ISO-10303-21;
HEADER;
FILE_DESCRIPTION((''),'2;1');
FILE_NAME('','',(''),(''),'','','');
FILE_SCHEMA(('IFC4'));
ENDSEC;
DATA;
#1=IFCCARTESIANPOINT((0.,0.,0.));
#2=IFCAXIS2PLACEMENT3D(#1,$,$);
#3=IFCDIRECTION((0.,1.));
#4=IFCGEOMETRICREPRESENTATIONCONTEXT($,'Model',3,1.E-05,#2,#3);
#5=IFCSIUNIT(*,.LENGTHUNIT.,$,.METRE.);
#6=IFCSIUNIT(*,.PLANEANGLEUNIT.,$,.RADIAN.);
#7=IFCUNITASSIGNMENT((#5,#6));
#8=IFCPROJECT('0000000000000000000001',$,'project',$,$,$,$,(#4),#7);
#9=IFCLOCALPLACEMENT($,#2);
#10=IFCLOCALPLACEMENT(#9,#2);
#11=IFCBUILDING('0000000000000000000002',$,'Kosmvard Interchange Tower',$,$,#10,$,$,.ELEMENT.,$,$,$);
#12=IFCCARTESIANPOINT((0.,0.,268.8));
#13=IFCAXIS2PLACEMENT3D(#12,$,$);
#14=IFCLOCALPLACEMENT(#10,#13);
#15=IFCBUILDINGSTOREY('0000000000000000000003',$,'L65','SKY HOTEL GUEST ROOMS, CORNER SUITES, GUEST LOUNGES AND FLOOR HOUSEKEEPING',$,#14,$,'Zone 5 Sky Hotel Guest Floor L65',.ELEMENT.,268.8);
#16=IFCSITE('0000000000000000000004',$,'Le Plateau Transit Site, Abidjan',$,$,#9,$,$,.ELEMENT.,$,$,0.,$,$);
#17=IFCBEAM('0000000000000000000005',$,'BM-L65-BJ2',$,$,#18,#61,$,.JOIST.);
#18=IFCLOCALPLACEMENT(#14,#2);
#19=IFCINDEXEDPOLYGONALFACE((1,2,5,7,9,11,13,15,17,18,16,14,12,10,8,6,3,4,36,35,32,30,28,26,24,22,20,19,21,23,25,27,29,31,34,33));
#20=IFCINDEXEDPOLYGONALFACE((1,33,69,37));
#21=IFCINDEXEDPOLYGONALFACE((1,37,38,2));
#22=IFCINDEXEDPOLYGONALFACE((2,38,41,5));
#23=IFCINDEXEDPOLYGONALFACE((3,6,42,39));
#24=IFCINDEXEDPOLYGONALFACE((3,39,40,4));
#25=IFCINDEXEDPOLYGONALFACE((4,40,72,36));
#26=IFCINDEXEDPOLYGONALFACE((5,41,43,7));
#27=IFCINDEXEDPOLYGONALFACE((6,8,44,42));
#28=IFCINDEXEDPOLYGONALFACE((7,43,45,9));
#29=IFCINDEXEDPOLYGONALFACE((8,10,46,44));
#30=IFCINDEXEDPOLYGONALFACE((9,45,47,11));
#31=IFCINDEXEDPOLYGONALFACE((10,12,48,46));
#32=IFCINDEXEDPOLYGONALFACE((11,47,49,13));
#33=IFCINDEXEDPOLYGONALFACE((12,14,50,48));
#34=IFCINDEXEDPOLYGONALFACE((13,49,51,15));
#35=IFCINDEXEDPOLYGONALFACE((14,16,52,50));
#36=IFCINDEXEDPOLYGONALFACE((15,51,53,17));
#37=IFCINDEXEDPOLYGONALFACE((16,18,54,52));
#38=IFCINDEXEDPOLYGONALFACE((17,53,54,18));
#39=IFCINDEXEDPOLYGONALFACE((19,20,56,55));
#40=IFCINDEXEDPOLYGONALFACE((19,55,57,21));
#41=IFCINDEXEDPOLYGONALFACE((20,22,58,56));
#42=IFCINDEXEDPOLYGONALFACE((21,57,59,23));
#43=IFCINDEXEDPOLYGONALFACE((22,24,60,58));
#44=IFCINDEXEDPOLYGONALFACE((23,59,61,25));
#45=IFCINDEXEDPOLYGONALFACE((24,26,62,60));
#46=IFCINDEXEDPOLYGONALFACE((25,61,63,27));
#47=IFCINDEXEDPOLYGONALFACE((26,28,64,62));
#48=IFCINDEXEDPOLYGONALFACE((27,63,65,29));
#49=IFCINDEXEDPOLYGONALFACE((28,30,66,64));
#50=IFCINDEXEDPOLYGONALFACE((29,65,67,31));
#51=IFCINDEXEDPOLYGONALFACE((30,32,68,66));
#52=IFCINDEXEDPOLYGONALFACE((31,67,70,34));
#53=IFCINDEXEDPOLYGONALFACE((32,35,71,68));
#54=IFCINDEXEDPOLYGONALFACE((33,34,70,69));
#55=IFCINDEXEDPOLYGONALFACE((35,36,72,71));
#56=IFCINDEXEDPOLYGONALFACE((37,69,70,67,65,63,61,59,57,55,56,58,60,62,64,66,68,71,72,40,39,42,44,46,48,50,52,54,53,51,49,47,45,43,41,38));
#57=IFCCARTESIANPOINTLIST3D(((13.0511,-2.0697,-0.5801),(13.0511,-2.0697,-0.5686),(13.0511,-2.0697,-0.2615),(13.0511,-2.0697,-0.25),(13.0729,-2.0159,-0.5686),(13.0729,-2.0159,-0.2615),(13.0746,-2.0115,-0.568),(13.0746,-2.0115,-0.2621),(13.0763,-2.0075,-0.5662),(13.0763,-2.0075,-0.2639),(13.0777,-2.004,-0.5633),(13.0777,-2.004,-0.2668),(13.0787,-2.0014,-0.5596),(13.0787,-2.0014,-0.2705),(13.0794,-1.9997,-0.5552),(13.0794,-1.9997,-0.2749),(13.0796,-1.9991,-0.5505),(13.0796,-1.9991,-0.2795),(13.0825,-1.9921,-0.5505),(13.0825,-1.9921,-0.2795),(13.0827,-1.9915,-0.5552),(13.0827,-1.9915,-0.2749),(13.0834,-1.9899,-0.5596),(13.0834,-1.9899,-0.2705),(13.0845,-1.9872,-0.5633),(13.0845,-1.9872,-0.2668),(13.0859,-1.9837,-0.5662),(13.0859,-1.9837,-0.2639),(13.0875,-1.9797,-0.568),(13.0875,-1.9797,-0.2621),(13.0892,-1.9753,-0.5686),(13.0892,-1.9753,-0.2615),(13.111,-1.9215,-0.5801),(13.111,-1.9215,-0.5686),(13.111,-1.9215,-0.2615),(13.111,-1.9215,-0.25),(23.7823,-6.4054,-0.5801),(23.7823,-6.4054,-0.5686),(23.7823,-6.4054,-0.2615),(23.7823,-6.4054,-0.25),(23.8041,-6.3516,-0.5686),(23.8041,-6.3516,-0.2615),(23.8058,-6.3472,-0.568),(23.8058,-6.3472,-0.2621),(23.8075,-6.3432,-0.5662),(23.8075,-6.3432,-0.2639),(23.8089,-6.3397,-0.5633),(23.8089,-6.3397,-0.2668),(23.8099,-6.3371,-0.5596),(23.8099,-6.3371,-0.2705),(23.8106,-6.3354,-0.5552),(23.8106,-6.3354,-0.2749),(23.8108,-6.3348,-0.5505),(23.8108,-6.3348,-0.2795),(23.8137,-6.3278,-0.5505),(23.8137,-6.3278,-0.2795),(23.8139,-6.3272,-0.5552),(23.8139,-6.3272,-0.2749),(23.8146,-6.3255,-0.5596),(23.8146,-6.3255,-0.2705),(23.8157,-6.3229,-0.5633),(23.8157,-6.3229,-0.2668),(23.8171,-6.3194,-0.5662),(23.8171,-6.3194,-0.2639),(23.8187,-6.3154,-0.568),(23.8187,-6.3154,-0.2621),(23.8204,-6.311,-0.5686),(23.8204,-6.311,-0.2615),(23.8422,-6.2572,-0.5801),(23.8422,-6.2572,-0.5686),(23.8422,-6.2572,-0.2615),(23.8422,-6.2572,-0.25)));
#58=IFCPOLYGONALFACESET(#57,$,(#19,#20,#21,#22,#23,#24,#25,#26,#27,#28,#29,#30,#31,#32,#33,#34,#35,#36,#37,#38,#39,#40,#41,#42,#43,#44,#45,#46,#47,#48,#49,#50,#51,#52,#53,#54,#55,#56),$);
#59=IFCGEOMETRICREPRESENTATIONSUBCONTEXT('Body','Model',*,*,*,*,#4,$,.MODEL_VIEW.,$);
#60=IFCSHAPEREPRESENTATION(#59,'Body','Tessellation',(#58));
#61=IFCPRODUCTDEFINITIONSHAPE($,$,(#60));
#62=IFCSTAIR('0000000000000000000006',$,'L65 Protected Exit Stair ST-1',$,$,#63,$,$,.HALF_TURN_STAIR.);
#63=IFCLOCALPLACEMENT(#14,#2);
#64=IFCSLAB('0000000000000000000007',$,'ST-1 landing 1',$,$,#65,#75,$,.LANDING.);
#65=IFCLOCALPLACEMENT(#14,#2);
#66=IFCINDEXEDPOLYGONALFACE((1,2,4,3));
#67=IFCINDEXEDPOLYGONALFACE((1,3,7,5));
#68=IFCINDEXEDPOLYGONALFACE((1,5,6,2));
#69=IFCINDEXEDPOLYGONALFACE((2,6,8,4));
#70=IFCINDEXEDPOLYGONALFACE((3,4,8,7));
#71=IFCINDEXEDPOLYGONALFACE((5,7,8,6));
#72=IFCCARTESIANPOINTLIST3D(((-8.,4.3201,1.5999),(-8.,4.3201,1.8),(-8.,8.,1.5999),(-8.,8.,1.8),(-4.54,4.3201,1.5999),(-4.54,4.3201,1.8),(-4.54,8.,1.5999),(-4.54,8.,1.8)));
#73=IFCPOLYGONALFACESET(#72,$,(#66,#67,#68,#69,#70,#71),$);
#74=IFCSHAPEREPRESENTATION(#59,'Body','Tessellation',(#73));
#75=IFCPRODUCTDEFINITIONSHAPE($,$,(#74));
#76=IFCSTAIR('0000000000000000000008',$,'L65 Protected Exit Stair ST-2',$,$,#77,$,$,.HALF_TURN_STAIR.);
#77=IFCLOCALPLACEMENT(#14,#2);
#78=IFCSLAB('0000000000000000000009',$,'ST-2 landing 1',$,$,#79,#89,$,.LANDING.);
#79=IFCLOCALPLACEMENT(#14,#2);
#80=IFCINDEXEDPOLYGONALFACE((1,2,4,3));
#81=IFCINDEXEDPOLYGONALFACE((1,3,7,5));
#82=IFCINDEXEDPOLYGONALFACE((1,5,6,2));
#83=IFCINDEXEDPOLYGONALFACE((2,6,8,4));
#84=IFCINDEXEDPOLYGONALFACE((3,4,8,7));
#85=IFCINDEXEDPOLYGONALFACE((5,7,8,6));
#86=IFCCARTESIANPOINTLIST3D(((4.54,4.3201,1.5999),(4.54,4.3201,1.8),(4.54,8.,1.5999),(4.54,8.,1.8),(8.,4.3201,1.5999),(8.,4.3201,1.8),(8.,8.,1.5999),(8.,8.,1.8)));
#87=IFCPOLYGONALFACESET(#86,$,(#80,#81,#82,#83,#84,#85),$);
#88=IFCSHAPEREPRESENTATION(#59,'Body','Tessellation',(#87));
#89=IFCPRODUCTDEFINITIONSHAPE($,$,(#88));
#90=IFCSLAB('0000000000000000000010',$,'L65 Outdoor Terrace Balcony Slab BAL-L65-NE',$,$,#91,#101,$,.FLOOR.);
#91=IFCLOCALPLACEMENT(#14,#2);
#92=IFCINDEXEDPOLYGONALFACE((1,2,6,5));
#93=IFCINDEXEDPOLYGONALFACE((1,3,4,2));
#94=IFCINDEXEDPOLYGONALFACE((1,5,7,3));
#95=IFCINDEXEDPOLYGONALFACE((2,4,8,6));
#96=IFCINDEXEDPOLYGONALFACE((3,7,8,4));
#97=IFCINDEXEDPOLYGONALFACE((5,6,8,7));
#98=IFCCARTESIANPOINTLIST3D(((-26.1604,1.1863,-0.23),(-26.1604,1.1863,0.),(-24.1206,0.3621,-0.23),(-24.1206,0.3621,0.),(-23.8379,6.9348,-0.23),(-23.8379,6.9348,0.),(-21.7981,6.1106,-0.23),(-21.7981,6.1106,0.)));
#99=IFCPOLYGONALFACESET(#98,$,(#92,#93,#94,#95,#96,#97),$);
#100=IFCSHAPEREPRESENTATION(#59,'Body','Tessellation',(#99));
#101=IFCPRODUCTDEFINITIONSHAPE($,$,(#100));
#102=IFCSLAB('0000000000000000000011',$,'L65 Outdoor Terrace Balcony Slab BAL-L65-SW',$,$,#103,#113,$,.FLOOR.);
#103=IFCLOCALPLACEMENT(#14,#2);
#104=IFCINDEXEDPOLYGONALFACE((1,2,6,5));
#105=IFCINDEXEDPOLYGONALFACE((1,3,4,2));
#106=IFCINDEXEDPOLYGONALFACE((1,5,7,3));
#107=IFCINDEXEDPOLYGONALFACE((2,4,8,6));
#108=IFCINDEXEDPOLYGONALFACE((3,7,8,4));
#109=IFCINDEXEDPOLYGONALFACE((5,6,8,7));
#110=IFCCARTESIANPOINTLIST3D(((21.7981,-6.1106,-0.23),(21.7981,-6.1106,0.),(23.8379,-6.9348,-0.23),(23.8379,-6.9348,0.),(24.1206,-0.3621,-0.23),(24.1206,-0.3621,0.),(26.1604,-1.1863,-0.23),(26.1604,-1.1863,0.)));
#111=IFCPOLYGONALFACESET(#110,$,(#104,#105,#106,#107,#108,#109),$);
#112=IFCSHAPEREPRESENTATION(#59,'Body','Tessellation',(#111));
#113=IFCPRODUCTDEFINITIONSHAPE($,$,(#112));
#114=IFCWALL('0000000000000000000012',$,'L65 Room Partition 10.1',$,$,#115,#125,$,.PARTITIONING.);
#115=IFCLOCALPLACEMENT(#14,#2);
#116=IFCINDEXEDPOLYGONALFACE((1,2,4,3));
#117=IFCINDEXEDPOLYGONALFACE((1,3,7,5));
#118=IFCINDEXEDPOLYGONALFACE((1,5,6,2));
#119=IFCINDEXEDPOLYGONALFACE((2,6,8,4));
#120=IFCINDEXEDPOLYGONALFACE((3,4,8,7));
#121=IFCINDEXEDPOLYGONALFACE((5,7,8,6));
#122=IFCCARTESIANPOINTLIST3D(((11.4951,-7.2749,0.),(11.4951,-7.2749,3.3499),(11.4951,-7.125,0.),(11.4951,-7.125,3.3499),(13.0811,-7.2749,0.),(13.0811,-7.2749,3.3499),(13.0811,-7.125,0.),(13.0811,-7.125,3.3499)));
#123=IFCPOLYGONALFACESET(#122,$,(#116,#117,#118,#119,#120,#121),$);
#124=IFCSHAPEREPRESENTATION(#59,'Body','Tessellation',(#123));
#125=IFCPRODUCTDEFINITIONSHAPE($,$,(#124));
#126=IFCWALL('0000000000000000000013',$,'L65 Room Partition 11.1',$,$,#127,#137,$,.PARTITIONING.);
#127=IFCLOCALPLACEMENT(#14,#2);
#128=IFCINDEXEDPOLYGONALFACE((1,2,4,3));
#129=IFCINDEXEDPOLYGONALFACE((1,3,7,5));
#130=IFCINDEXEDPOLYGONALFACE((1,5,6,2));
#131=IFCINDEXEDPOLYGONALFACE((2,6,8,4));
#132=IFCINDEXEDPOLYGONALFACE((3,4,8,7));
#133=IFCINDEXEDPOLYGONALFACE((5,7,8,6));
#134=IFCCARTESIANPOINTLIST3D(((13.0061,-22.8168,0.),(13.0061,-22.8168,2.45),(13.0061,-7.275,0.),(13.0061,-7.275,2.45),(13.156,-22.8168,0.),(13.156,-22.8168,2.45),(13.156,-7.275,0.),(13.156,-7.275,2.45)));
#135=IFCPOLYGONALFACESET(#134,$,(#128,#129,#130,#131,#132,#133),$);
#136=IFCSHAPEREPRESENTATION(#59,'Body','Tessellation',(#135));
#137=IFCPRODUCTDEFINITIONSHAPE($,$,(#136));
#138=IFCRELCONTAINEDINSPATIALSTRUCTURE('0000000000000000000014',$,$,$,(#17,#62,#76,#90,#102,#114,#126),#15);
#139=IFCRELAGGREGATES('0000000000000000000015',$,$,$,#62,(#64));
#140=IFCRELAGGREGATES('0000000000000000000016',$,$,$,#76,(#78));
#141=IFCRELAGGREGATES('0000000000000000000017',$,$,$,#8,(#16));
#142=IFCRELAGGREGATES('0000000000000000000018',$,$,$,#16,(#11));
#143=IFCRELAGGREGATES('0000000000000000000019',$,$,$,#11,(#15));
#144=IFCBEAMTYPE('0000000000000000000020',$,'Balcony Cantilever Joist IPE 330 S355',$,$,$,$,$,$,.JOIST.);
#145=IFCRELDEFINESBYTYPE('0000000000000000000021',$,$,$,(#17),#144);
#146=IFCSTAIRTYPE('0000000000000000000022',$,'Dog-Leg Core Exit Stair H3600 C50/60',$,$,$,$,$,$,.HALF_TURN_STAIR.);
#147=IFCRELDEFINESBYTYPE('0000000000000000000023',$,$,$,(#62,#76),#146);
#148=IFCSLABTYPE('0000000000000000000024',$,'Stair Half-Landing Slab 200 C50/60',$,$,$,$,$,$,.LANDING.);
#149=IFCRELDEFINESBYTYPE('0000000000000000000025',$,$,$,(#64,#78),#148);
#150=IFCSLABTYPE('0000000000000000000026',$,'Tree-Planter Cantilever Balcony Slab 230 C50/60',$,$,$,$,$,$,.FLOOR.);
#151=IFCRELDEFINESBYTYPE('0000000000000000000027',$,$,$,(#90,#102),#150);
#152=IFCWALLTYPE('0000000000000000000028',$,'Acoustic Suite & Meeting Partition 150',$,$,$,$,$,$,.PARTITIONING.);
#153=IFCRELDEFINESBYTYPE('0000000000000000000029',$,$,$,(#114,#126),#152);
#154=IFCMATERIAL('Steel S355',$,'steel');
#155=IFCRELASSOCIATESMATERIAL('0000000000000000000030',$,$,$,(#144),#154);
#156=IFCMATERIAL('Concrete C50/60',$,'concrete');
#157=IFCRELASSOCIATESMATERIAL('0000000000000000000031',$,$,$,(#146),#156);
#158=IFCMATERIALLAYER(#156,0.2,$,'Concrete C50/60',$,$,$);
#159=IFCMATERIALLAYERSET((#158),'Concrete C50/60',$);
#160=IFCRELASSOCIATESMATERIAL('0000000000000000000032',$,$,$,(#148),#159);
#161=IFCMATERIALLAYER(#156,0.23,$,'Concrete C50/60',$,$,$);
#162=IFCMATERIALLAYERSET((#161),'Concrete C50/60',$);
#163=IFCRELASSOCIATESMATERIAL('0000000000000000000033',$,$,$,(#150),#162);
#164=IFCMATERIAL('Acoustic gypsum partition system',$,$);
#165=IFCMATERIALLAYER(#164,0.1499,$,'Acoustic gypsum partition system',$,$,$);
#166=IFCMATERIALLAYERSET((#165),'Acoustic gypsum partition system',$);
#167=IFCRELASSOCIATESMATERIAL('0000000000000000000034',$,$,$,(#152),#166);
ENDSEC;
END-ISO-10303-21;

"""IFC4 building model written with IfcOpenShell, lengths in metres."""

from ifc_helpers import new_model, si_unit, direction, frame, frame_2d, origin, origin_2d, place, context, subcontext, project, spatial, polyline, rectangle, i_section, outline, extrude, source, transform, mapped, material, layer, layer_set, material_profile, profile_set, type_object, element, aggregate, save


model = new_model("IFC4")

# Units and contexts
model_context = context("Model", 3, precision=1e-05, world=origin(), true_north=direction((0.0, 1.0)))
body_context = subcontext(model_context, "Body", "Model", "MODEL_VIEW")
ifc_project = project(units=[si_unit("LENGTHUNIT", "METRE"), si_unit("PLANEANGLEUNIT", "RADIAN")], contexts=[model_context])

# Site, building, storey
site_placement = place(None, origin())
site = spatial("IfcSite", under=ifc_project, at=site_placement, Name="Le Plateau Transit Site, Abidjan", CompositionType="ELEMENT", RefElevation=0.0)
building_placement = place(site_placement, origin())
building = spatial("IfcBuilding", under=site, at=building_placement, Name="Kosmvard Interchange Tower", CompositionType="ELEMENT")
storey_placement = place(building_placement, frame((0.0, 0.0, 268.8)))
storey = spatial("IfcBuildingStorey", under=building, at=storey_placement, Name="L65", Description="SKY HOTEL GUEST ROOMS, CORNER SUITES, GUEST LOUNGES AND FLOOR HOUSEKEEPING", LongName="Zone 5 Sky Hotel Guest Floor L65", CompositionType="ELEMENT", Elevation=268.8)

# Shared definitions
ifc_material_1 = material(Name="Concrete C50/60", Category="concrete")

# Beam
ifc_material_2 = material(Name="Steel S355", Category="steel")
ifc_material_profile_1 = material_profile(ifc_material_2, i_section(OverallWidth=0.1599, OverallDepth=0.3301, WebThickness=0.0076, FlangeThickness=0.0115, FilletRadius=0.0181, at=origin_2d()), Name="IPE 330")
ifc_profile_set_1 = profile_set([ifc_material_profile_1], Name="Steel S355")
beam_type_1 = type_object("IfcBeamType", Name="Balcony Cantilever Joist IPE 330 S355", PredefinedType="JOIST", material=ifc_profile_set_1)
shared_shape_1 = source(origin(), body_context, "Body", "SweptSolid", [
    extrude(i_section(OverallWidth=0.1599, OverallDepth=0.3301, WebThickness=0.0076, FlangeThickness=0.0115, FilletRadius=0.0181, at=origin_2d()), origin(), (0.0, 0.0, 1.0), 11.574),
])
beam_1_placement = place(storey_placement, frame((13.0811, -1.9956, -0.415), z_axis=(0.927184, -0.374607, 0.0), x_axis=(0.374607, 0.927184, 0.0)))
element("IfcBeam", 1, at=beam_1_placement, inside=storey, type_object=beam_type_1, Name="BM-L65-BJ2", PredefinedType="JOIST", context=body_context, shape_type="MappedRepresentation", body=[
    mapped(shared_shape_1, transform((0.0, 0.0, 0.0), scale=1.0)),
])

# Stairs, slabs
stair_type = type_object("IfcStairType", Name="Dog-Leg Core Exit Stair H3600 C50/60", PredefinedType="HALF_TURN_STAIR", material=ifc_material_1)
stair_1_placement = place(storey_placement, origin())
stair_1 = element("IfcStair", 2, at=stair_1_placement, inside=storey, type_object=stair_type, Name="L65 Protected Exit Stair ST-1", PredefinedType="HALF_TURN_STAIR")
ifc_layer_1 = layer(ifc_material_1, 0.2, Name="Concrete C50/60")
ifc_layer_set_1 = layer_set([ifc_layer_1], Name="Concrete C50/60")
slab_type_1 = type_object("IfcSlabType", Name="Stair Half-Landing Slab 200 C50/60", PredefinedType="LANDING", material=ifc_layer_set_1)
slab_1_placement = place(storey_placement, frame((0.0, 0.0, 1.5999)))
slab_1 = element("IfcSlab", 3, at=slab_1_placement, type_object=slab_type_1, Name="ST-1 landing 1", PredefinedType="LANDING", context=body_context, shape_type="SweptSolid", body=[
    extrude(outline(polyline([(-4.54, 4.3201), (-4.54, 8.0), (-8.0, 8.0), (-8.0, 4.3201), (-4.54, 4.3201)])), origin(), (0.0, 0.0, 1.0), 0.2002),
])
aggregate(stair_1, [slab_1])
stair_2_placement = place(storey_placement, origin())
stair_2 = element("IfcStair", 4, at=stair_2_placement, inside=storey, type_object=stair_type, Name="L65 Protected Exit Stair ST-2", PredefinedType="HALF_TURN_STAIR")
slab_2_placement = place(storey_placement, frame((0.0, 0.0, 1.5999)))
slab_2 = element("IfcSlab", 5, at=slab_2_placement, type_object=slab_type_1, Name="ST-2 landing 1", PredefinedType="LANDING", context=body_context, shape_type="SweptSolid", body=[
    extrude(outline(polyline([(8.0, 4.3201), (8.0, 8.0), (4.54, 8.0), (4.54, 4.3201), (8.0, 4.3201)])), origin(), (0.0, 0.0, 1.0), 0.2002),
])
aggregate(stair_2, [slab_2])

# Slabs
ifc_layer_2 = layer(ifc_material_1, 0.23, Name="Concrete C50/60")
ifc_layer_set_2 = layer_set([ifc_layer_2], Name="Concrete C50/60")
slab_type_2 = type_object("IfcSlabType", Name="Tree-Planter Cantilever Balcony Slab 230 C50/60", PredefinedType="FLOOR", material=ifc_layer_set_2)
slab_3_placement = place(storey_placement, frame((0.0, 0.0, -0.23)))
element("IfcSlab", 6, at=slab_3_placement, inside=storey, type_object=slab_type_2, Name="L65 Outdoor Terrace Balcony Slab BAL-L65-NE", PredefinedType="FLOOR", context=body_context, shape_type="SweptSolid", body=[
    extrude(outline(polyline([(-24.1206, 0.3621), (-21.7981, 6.1106), (-23.8379, 6.9348), (-26.1604, 1.1863), (-24.1206, 0.3621)])), origin(), (0.0, 0.0, 1.0), 0.23),
])
slab_4_placement = place(storey_placement, frame((0.0, 0.0, -0.23)))
element("IfcSlab", 7, at=slab_4_placement, inside=storey, type_object=slab_type_2, Name="L65 Outdoor Terrace Balcony Slab BAL-L65-SW", PredefinedType="FLOOR", context=body_context, shape_type="SweptSolid", body=[
    extrude(outline(polyline([(23.8379, -6.9348), (26.1604, -1.1863), (24.1206, -0.3621), (21.7981, -6.1106), (23.8379, -6.9348)])), origin(), (0.0, 0.0, 1.0), 0.23),
])

# Walls
ifc_material_3 = material(Name="Acoustic gypsum partition system")
ifc_layer_3 = layer(ifc_material_3, 0.1499, Name="Acoustic gypsum partition system")
ifc_layer_set_3 = layer_set([ifc_layer_3], Name="Acoustic gypsum partition system")
wall_type_1 = type_object("IfcWallType", Name="Acoustic Suite & Meeting Partition 150", PredefinedType="PARTITIONING", material=ifc_layer_set_3)
wall_1_placement = place(storey_placement, frame((11.4951, -7.2, 0.0), z_axis=(0.0, 0.0, 1.0), x_axis=(1.0, 0.0, 0.0)))
element("IfcWall", 8, at=wall_1_placement, inside=storey, type_object=wall_type_1, Name="L65 Room Partition 10.1", PredefinedType="PARTITIONING", context=body_context, shape_type="SweptSolid", body=[
    extrude(rectangle(XDim=1.5859, YDim=0.1499, at=frame_2d((0.793, 0.0))), origin(), (0.0, 0.0, 1.0), 3.3499),
])
wall_2_placement = place(storey_placement, frame((13.0811, -7.2749, 0.0), z_axis=(0.0, 0.0, 1.0), x_axis=(0.0, -1.0, 0.0)))
element("IfcWall", 9, at=wall_2_placement, inside=storey, type_object=wall_type_1, Name="L65 Room Partition 11.1", PredefinedType="PARTITIONING", context=body_context, shape_type="SweptSolid", body=[
    extrude(rectangle(XDim=15.5417, YDim=0.1499, at=frame_2d((7.771, 0.0))), origin(), (0.0, 0.0, 1.0), 2.45),
])

save(model, "model.ifc")
